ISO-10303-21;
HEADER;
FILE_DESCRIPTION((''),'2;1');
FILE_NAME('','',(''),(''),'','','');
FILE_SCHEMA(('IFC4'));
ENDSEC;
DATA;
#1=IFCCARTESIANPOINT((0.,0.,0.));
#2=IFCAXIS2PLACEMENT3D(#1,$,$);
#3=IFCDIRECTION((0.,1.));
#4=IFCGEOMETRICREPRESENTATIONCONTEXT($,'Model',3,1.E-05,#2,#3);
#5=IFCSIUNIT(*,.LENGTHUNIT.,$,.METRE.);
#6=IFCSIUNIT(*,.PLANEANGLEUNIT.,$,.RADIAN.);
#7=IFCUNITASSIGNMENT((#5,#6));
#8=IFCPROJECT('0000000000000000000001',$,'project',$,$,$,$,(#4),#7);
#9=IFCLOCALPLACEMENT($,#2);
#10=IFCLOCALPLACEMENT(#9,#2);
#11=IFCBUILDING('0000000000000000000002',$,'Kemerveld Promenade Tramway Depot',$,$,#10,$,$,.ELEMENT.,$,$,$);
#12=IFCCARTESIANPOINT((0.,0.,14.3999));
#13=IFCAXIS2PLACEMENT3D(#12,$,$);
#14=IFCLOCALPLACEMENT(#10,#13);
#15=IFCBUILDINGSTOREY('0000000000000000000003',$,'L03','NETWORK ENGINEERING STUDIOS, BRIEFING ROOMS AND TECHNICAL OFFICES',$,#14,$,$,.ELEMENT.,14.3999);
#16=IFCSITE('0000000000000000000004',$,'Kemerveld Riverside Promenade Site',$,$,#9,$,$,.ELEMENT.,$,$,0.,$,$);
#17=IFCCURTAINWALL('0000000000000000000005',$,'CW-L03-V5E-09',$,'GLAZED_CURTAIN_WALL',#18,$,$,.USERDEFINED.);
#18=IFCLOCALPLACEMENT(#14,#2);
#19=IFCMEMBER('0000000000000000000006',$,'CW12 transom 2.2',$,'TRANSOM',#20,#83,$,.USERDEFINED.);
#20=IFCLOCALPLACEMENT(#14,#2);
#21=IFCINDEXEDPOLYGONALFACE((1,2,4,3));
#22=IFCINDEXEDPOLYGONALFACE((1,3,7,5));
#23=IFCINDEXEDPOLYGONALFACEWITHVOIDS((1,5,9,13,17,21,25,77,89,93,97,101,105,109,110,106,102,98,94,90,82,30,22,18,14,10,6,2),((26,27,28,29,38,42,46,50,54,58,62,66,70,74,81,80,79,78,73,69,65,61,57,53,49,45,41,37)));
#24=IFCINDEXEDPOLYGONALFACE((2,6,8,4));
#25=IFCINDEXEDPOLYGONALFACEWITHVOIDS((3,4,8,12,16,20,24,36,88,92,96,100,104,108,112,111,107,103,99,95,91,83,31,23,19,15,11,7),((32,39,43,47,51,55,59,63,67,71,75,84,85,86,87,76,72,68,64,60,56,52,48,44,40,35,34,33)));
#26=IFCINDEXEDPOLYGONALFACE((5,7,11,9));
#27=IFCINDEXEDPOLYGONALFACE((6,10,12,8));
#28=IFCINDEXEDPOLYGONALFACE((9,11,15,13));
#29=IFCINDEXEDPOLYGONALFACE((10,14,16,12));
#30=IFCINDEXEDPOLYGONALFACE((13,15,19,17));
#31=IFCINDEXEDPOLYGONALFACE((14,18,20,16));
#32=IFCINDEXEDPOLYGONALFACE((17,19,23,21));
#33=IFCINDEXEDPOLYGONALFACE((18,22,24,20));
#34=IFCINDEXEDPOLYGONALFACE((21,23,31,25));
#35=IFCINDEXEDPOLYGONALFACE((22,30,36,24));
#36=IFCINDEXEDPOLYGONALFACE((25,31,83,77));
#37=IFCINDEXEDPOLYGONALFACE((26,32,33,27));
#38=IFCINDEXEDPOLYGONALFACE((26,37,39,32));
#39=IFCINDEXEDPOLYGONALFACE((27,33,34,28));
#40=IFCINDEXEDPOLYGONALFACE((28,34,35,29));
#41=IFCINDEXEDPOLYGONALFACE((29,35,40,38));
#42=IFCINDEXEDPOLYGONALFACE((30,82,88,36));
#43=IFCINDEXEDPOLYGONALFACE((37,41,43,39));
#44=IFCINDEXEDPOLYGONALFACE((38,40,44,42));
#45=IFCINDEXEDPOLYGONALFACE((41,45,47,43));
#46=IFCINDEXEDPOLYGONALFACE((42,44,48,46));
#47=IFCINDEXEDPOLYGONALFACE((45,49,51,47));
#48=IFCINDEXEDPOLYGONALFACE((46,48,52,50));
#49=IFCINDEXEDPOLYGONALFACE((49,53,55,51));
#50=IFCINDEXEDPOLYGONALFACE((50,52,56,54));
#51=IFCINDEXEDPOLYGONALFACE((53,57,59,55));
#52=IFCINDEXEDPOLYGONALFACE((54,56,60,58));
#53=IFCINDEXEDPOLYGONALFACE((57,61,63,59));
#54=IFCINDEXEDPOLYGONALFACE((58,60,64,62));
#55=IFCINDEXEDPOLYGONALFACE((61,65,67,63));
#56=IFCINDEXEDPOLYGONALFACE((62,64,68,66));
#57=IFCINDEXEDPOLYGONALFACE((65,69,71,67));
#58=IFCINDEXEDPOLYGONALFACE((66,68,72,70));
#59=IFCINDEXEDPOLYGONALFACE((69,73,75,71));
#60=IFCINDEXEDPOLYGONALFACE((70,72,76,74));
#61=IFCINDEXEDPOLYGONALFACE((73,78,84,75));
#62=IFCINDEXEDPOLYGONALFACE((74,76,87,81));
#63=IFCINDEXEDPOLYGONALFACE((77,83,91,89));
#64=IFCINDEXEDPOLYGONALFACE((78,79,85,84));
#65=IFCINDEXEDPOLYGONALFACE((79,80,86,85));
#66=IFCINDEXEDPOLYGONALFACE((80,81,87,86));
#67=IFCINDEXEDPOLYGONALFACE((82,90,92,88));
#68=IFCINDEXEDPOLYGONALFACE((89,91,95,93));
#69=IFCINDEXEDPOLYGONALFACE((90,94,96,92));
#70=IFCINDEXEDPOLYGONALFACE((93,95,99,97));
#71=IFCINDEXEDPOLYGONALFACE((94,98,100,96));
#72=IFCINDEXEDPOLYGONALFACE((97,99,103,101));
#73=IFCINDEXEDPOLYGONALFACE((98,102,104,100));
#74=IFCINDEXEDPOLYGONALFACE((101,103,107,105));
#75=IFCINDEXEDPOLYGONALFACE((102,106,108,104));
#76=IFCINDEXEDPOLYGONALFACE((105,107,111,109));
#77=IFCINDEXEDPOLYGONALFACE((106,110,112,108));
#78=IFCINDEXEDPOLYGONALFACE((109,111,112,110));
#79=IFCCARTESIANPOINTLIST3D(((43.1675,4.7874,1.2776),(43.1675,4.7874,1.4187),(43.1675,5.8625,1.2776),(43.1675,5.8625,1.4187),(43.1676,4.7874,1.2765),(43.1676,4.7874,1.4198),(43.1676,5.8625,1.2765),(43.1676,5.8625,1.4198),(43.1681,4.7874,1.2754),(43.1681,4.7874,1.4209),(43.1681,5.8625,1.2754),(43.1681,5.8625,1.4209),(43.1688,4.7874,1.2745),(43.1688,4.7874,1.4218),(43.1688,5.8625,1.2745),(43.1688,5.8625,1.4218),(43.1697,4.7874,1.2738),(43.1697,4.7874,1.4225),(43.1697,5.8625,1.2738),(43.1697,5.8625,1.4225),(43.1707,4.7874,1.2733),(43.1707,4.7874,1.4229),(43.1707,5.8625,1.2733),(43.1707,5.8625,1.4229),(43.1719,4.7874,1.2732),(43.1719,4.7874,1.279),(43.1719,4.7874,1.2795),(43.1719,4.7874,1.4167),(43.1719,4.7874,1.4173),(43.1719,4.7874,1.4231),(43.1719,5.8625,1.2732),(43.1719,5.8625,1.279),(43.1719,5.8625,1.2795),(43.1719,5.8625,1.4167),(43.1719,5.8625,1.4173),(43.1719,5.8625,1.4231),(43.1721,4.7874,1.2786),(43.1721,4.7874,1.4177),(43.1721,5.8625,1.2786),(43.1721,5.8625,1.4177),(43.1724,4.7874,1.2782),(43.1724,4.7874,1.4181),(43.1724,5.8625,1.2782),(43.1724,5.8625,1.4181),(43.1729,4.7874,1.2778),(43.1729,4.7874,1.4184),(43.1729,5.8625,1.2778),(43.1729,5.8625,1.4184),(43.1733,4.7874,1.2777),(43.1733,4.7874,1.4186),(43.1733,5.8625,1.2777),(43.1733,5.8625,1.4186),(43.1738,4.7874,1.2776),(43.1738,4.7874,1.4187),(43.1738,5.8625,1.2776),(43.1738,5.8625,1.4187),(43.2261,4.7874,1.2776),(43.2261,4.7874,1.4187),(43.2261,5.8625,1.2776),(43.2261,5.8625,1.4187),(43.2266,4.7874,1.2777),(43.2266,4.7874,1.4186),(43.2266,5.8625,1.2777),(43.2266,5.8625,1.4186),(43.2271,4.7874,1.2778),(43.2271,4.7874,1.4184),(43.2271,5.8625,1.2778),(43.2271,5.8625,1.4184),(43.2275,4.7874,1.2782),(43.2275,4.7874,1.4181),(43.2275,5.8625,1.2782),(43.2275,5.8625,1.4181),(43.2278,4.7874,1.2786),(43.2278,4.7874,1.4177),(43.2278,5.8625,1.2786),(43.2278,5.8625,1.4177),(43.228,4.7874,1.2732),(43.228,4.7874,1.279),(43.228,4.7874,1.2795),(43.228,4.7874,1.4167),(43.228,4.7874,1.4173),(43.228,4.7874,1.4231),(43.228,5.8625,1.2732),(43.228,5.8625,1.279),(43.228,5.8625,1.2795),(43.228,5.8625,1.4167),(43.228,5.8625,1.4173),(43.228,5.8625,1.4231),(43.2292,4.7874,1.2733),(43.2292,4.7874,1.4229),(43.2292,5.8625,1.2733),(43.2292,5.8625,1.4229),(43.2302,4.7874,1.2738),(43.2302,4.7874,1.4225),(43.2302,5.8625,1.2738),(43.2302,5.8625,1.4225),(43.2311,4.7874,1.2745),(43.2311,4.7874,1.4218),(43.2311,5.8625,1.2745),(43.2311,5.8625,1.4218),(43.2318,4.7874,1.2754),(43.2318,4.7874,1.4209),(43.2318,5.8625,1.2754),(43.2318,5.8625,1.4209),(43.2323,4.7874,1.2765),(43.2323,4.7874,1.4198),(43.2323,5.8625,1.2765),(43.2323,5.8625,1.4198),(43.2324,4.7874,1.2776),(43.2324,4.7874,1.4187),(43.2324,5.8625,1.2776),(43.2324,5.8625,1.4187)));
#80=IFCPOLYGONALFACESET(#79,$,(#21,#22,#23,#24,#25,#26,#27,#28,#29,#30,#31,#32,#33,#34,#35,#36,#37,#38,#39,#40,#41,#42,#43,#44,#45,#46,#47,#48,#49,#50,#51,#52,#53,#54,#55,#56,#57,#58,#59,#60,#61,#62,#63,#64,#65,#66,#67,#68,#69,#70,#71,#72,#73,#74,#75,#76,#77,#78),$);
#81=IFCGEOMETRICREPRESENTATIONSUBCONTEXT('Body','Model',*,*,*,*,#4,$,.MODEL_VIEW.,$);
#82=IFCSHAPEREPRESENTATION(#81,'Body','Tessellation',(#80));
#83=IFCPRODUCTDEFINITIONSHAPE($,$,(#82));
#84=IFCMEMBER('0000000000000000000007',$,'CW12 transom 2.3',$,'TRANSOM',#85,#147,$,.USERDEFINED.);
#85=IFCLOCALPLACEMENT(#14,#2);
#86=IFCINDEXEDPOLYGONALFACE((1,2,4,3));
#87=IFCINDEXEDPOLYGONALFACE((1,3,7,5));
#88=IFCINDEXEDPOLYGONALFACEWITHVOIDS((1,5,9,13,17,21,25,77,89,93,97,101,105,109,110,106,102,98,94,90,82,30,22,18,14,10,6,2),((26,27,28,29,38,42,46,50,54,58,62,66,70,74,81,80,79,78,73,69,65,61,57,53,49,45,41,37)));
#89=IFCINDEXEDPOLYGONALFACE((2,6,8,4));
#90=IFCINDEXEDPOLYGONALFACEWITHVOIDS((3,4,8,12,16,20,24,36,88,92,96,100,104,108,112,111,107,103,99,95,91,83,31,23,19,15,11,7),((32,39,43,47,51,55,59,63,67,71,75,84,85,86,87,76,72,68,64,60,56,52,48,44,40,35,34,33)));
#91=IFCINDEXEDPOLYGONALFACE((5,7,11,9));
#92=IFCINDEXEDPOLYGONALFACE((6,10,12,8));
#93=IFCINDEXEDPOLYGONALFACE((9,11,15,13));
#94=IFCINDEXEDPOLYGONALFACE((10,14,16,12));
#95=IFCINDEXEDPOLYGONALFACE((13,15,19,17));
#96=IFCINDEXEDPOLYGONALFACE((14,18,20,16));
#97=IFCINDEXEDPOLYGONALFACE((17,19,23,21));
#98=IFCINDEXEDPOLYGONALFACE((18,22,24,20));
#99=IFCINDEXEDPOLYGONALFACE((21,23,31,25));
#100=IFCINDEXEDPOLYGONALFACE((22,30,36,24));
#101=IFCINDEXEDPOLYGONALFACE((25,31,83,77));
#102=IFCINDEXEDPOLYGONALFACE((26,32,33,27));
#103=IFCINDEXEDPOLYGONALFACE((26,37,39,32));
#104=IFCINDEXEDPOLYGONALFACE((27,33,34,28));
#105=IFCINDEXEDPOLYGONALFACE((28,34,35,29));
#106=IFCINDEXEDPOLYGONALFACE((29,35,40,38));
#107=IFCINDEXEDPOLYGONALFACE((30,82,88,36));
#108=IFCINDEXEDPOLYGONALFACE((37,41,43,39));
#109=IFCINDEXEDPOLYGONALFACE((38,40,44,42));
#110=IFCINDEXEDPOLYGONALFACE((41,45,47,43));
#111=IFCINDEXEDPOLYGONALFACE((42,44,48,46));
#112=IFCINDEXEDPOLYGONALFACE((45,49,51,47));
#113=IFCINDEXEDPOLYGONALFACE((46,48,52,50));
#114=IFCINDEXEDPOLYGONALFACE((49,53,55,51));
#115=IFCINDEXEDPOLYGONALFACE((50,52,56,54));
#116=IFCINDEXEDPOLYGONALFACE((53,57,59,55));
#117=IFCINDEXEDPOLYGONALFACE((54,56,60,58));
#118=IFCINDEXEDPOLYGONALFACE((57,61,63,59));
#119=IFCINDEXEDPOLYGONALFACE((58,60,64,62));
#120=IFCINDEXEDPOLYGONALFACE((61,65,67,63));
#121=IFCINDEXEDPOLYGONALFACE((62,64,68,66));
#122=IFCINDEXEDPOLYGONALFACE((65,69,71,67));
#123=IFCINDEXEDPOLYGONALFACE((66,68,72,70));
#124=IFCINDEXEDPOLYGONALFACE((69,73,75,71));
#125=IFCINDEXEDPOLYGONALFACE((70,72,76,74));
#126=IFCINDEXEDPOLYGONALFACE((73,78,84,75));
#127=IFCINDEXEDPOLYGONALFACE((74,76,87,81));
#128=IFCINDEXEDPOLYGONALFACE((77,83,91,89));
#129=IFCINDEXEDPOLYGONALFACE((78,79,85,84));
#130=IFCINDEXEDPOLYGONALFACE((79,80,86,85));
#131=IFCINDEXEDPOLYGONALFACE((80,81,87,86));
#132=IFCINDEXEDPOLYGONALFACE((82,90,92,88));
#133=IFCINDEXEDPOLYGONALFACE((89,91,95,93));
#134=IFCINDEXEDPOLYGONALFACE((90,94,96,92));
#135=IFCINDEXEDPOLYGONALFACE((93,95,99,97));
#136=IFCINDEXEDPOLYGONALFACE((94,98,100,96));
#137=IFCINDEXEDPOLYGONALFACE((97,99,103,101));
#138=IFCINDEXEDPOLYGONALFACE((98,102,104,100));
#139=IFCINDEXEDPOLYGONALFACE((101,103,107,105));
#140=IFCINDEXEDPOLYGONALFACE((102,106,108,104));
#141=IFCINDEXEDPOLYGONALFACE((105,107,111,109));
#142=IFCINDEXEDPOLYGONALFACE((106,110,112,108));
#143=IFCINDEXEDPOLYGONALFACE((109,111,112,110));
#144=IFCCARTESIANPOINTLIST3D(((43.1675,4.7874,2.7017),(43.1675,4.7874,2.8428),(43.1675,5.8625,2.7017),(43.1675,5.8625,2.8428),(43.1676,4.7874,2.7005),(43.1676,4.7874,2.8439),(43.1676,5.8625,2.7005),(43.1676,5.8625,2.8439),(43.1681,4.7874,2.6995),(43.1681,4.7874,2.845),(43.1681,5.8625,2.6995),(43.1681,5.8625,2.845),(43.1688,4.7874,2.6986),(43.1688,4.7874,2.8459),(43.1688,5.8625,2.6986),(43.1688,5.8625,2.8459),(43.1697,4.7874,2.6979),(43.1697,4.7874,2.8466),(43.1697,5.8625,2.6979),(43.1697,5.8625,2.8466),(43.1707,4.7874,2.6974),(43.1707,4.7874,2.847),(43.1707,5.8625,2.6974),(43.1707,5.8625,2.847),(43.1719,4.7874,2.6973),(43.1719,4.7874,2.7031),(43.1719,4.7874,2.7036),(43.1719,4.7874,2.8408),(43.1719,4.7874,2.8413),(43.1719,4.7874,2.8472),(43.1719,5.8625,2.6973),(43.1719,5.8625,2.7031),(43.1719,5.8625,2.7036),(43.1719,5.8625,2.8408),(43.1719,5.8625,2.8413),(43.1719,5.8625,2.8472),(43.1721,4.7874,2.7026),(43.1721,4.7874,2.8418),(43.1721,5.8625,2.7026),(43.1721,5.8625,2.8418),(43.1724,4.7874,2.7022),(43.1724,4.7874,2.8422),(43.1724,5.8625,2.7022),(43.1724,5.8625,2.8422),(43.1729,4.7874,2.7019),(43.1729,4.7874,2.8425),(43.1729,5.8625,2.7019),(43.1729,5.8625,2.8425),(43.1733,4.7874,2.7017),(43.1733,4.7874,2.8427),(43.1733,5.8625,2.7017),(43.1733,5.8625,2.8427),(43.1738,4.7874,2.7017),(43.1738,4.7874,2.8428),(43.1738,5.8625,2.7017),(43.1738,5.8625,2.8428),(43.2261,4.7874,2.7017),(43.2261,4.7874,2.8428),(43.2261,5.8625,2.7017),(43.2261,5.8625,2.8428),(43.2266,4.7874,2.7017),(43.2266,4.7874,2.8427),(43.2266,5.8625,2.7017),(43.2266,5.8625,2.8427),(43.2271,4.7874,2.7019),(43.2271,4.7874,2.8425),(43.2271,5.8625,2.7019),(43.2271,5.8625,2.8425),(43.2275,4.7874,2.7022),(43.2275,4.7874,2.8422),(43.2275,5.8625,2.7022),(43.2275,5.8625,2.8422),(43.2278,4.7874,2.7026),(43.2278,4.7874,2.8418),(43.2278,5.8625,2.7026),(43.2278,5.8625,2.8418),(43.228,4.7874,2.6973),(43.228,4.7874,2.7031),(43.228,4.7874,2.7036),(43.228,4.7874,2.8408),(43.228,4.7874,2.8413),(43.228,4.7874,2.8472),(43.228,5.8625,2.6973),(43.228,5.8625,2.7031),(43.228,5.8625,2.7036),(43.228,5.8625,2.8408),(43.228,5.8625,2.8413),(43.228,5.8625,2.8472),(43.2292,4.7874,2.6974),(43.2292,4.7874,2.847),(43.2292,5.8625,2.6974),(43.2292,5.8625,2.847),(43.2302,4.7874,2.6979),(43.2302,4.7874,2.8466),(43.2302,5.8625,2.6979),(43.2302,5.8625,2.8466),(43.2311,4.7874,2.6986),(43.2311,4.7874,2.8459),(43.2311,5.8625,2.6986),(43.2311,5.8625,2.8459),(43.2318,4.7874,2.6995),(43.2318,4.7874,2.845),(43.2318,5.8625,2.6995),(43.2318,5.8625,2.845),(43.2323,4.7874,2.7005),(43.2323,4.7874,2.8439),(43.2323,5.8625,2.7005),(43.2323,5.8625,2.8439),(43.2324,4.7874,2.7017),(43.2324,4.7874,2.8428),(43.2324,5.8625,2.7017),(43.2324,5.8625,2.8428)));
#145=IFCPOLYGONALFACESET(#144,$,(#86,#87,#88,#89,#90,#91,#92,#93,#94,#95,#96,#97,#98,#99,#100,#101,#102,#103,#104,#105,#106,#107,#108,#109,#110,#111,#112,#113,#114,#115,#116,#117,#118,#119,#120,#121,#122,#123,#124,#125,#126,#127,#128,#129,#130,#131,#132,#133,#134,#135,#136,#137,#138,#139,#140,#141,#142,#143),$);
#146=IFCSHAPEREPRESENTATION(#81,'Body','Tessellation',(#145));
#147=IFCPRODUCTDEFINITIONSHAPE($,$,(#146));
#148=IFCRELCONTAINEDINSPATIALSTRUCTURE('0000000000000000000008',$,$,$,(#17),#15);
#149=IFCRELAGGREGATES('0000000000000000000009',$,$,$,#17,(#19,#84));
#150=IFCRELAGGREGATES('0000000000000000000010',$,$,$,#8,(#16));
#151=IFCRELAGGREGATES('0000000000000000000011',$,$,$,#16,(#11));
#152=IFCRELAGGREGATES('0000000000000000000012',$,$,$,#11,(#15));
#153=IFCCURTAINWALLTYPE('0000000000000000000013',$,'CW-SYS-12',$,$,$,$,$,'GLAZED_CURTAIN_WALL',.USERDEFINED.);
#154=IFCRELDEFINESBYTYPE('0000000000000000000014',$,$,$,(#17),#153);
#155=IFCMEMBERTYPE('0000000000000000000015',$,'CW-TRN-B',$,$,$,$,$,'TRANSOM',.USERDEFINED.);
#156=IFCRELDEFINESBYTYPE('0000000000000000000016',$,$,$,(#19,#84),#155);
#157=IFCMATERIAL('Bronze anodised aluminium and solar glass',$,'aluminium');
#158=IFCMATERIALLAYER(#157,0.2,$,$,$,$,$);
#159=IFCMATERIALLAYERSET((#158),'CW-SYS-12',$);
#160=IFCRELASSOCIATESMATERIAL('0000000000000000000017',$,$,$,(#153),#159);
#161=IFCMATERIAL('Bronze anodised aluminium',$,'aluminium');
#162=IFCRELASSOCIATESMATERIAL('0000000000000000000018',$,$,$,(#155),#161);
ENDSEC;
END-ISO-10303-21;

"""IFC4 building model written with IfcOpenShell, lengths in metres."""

from ifc_helpers import new_model, si_unit, direction, frame, origin, origin_2d, place, context, subcontext, project, spatial, hollow_rectangle, extrude, material, layer, layer_set, material_profile, profile_set, type_object, element, aggregate, save


model = new_model("IFC4")

# Units and contexts
model_context = context("Model", 3, precision=1e-05, world=origin(), true_north=direction((0.0, 1.0)))
body_context = subcontext(model_context, "Body", "Model", "MODEL_VIEW")
ifc_project = project(units=[si_unit("LENGTHUNIT", "METRE"), si_unit("PLANEANGLEUNIT", "RADIAN")], contexts=[model_context])

# Site, building, storey
site_placement = place(None, origin())
site = spatial("IfcSite", under=ifc_project, at=site_placement, Name="Kemerveld Riverside Promenade Site", CompositionType="ELEMENT", RefElevation=0.0)
building_placement = place(site_placement, origin())
building = spatial("IfcBuilding", under=site, at=building_placement, Name="Kemerveld Promenade Tramway Depot", CompositionType="ELEMENT")
storey_placement = place(building_placement, frame((0.0, 0.0, 14.3999)))
storey = spatial("IfcBuildingStorey", under=building, at=storey_placement, Name="L03", Description="NETWORK ENGINEERING STUDIOS, BRIEFING ROOMS AND TECHNICAL OFFICES", CompositionType="ELEMENT", Elevation=14.3999)

# Curtain wall, members
ifc_material_1 = material(Name="Bronze anodised aluminium and solar glass", Category="aluminium")
ifc_layer_1 = layer(ifc_material_1, 0.2)
ifc_layer_set_1 = layer_set([ifc_layer_1], Name="CW-SYS-12")
curtain_wall_type = type_object("IfcCurtainWallType", Name="CW-SYS-12", ElementType="GLAZED_CURTAIN_WALL", PredefinedType="USERDEFINED", material=ifc_layer_set_1)
curtain_wall_placement = place(storey_placement, origin())
curtain_wall = element("IfcCurtainWall", 1, at=curtain_wall_placement, inside=storey, type_object=curtain_wall_type, Name="CW-L03-V5E-09", ObjectType="GLAZED_CURTAIN_WALL", PredefinedType="USERDEFINED")
ifc_material_2 = material(Name="Bronze anodised aluminium", Category="aluminium")
ifc_material_profile_1 = material_profile(ifc_material_2, hollow_rectangle(XDim=0.0649, YDim=0.1499, WallThickness=0.0044, InnerFilletRadius=0.002, OuterFilletRadius=0.0044, at=origin_2d()), Name="CW-TRN-150x65")
ifc_profile_set_1 = profile_set([ifc_material_profile_1], Name="Bronze anodised aluminium")
member_type_1 = type_object("IfcMemberType", Name="CW-TRN-B", ElementType="TRANSOM", PredefinedType="USERDEFINED", material=ifc_profile_set_1)
member_1_placement = place(storey_placement, frame((43.2, 5.8625, 1.3481), z_axis=(0.0, -1.0, 0.0), x_axis=(1.0, 0.0, 0.0)))
member_1 = element("IfcMember", 2, at=member_1_placement, type_object=member_type_1, Name="CW12 transom 2.2", ObjectType="TRANSOM", PredefinedType="USERDEFINED", context=body_context, shape_type="SweptSolid", body=[
    extrude(hollow_rectangle(XDim=0.0649, YDim=0.1499, WallThickness=0.0044, InnerFilletRadius=0.002, OuterFilletRadius=0.0044, at=origin_2d()), origin(), (0.0, 0.0, 1.0), 1.0752),
])
member_2_placement = place(storey_placement, frame((43.2, 5.8625, 2.7722), z_axis=(0.0, -1.0, 0.0), x_axis=(1.0, 0.0, 0.0)))
member_2 = element("IfcMember", 3, at=member_2_placement, type_object=member_type_1, Name="CW12 transom 2.3", ObjectType="TRANSOM", PredefinedType="USERDEFINED", context=body_context, shape_type="SweptSolid", body=[
    extrude(hollow_rectangle(XDim=0.0649, YDim=0.1499, WallThickness=0.0044, InnerFilletRadius=0.002, OuterFilletRadius=0.0044, at=origin_2d()), origin(), (0.0, 0.0, 1.0), 1.0752),
])
aggregate(curtain_wall, [member_1, member_2])

save(model, "model.ifc")
